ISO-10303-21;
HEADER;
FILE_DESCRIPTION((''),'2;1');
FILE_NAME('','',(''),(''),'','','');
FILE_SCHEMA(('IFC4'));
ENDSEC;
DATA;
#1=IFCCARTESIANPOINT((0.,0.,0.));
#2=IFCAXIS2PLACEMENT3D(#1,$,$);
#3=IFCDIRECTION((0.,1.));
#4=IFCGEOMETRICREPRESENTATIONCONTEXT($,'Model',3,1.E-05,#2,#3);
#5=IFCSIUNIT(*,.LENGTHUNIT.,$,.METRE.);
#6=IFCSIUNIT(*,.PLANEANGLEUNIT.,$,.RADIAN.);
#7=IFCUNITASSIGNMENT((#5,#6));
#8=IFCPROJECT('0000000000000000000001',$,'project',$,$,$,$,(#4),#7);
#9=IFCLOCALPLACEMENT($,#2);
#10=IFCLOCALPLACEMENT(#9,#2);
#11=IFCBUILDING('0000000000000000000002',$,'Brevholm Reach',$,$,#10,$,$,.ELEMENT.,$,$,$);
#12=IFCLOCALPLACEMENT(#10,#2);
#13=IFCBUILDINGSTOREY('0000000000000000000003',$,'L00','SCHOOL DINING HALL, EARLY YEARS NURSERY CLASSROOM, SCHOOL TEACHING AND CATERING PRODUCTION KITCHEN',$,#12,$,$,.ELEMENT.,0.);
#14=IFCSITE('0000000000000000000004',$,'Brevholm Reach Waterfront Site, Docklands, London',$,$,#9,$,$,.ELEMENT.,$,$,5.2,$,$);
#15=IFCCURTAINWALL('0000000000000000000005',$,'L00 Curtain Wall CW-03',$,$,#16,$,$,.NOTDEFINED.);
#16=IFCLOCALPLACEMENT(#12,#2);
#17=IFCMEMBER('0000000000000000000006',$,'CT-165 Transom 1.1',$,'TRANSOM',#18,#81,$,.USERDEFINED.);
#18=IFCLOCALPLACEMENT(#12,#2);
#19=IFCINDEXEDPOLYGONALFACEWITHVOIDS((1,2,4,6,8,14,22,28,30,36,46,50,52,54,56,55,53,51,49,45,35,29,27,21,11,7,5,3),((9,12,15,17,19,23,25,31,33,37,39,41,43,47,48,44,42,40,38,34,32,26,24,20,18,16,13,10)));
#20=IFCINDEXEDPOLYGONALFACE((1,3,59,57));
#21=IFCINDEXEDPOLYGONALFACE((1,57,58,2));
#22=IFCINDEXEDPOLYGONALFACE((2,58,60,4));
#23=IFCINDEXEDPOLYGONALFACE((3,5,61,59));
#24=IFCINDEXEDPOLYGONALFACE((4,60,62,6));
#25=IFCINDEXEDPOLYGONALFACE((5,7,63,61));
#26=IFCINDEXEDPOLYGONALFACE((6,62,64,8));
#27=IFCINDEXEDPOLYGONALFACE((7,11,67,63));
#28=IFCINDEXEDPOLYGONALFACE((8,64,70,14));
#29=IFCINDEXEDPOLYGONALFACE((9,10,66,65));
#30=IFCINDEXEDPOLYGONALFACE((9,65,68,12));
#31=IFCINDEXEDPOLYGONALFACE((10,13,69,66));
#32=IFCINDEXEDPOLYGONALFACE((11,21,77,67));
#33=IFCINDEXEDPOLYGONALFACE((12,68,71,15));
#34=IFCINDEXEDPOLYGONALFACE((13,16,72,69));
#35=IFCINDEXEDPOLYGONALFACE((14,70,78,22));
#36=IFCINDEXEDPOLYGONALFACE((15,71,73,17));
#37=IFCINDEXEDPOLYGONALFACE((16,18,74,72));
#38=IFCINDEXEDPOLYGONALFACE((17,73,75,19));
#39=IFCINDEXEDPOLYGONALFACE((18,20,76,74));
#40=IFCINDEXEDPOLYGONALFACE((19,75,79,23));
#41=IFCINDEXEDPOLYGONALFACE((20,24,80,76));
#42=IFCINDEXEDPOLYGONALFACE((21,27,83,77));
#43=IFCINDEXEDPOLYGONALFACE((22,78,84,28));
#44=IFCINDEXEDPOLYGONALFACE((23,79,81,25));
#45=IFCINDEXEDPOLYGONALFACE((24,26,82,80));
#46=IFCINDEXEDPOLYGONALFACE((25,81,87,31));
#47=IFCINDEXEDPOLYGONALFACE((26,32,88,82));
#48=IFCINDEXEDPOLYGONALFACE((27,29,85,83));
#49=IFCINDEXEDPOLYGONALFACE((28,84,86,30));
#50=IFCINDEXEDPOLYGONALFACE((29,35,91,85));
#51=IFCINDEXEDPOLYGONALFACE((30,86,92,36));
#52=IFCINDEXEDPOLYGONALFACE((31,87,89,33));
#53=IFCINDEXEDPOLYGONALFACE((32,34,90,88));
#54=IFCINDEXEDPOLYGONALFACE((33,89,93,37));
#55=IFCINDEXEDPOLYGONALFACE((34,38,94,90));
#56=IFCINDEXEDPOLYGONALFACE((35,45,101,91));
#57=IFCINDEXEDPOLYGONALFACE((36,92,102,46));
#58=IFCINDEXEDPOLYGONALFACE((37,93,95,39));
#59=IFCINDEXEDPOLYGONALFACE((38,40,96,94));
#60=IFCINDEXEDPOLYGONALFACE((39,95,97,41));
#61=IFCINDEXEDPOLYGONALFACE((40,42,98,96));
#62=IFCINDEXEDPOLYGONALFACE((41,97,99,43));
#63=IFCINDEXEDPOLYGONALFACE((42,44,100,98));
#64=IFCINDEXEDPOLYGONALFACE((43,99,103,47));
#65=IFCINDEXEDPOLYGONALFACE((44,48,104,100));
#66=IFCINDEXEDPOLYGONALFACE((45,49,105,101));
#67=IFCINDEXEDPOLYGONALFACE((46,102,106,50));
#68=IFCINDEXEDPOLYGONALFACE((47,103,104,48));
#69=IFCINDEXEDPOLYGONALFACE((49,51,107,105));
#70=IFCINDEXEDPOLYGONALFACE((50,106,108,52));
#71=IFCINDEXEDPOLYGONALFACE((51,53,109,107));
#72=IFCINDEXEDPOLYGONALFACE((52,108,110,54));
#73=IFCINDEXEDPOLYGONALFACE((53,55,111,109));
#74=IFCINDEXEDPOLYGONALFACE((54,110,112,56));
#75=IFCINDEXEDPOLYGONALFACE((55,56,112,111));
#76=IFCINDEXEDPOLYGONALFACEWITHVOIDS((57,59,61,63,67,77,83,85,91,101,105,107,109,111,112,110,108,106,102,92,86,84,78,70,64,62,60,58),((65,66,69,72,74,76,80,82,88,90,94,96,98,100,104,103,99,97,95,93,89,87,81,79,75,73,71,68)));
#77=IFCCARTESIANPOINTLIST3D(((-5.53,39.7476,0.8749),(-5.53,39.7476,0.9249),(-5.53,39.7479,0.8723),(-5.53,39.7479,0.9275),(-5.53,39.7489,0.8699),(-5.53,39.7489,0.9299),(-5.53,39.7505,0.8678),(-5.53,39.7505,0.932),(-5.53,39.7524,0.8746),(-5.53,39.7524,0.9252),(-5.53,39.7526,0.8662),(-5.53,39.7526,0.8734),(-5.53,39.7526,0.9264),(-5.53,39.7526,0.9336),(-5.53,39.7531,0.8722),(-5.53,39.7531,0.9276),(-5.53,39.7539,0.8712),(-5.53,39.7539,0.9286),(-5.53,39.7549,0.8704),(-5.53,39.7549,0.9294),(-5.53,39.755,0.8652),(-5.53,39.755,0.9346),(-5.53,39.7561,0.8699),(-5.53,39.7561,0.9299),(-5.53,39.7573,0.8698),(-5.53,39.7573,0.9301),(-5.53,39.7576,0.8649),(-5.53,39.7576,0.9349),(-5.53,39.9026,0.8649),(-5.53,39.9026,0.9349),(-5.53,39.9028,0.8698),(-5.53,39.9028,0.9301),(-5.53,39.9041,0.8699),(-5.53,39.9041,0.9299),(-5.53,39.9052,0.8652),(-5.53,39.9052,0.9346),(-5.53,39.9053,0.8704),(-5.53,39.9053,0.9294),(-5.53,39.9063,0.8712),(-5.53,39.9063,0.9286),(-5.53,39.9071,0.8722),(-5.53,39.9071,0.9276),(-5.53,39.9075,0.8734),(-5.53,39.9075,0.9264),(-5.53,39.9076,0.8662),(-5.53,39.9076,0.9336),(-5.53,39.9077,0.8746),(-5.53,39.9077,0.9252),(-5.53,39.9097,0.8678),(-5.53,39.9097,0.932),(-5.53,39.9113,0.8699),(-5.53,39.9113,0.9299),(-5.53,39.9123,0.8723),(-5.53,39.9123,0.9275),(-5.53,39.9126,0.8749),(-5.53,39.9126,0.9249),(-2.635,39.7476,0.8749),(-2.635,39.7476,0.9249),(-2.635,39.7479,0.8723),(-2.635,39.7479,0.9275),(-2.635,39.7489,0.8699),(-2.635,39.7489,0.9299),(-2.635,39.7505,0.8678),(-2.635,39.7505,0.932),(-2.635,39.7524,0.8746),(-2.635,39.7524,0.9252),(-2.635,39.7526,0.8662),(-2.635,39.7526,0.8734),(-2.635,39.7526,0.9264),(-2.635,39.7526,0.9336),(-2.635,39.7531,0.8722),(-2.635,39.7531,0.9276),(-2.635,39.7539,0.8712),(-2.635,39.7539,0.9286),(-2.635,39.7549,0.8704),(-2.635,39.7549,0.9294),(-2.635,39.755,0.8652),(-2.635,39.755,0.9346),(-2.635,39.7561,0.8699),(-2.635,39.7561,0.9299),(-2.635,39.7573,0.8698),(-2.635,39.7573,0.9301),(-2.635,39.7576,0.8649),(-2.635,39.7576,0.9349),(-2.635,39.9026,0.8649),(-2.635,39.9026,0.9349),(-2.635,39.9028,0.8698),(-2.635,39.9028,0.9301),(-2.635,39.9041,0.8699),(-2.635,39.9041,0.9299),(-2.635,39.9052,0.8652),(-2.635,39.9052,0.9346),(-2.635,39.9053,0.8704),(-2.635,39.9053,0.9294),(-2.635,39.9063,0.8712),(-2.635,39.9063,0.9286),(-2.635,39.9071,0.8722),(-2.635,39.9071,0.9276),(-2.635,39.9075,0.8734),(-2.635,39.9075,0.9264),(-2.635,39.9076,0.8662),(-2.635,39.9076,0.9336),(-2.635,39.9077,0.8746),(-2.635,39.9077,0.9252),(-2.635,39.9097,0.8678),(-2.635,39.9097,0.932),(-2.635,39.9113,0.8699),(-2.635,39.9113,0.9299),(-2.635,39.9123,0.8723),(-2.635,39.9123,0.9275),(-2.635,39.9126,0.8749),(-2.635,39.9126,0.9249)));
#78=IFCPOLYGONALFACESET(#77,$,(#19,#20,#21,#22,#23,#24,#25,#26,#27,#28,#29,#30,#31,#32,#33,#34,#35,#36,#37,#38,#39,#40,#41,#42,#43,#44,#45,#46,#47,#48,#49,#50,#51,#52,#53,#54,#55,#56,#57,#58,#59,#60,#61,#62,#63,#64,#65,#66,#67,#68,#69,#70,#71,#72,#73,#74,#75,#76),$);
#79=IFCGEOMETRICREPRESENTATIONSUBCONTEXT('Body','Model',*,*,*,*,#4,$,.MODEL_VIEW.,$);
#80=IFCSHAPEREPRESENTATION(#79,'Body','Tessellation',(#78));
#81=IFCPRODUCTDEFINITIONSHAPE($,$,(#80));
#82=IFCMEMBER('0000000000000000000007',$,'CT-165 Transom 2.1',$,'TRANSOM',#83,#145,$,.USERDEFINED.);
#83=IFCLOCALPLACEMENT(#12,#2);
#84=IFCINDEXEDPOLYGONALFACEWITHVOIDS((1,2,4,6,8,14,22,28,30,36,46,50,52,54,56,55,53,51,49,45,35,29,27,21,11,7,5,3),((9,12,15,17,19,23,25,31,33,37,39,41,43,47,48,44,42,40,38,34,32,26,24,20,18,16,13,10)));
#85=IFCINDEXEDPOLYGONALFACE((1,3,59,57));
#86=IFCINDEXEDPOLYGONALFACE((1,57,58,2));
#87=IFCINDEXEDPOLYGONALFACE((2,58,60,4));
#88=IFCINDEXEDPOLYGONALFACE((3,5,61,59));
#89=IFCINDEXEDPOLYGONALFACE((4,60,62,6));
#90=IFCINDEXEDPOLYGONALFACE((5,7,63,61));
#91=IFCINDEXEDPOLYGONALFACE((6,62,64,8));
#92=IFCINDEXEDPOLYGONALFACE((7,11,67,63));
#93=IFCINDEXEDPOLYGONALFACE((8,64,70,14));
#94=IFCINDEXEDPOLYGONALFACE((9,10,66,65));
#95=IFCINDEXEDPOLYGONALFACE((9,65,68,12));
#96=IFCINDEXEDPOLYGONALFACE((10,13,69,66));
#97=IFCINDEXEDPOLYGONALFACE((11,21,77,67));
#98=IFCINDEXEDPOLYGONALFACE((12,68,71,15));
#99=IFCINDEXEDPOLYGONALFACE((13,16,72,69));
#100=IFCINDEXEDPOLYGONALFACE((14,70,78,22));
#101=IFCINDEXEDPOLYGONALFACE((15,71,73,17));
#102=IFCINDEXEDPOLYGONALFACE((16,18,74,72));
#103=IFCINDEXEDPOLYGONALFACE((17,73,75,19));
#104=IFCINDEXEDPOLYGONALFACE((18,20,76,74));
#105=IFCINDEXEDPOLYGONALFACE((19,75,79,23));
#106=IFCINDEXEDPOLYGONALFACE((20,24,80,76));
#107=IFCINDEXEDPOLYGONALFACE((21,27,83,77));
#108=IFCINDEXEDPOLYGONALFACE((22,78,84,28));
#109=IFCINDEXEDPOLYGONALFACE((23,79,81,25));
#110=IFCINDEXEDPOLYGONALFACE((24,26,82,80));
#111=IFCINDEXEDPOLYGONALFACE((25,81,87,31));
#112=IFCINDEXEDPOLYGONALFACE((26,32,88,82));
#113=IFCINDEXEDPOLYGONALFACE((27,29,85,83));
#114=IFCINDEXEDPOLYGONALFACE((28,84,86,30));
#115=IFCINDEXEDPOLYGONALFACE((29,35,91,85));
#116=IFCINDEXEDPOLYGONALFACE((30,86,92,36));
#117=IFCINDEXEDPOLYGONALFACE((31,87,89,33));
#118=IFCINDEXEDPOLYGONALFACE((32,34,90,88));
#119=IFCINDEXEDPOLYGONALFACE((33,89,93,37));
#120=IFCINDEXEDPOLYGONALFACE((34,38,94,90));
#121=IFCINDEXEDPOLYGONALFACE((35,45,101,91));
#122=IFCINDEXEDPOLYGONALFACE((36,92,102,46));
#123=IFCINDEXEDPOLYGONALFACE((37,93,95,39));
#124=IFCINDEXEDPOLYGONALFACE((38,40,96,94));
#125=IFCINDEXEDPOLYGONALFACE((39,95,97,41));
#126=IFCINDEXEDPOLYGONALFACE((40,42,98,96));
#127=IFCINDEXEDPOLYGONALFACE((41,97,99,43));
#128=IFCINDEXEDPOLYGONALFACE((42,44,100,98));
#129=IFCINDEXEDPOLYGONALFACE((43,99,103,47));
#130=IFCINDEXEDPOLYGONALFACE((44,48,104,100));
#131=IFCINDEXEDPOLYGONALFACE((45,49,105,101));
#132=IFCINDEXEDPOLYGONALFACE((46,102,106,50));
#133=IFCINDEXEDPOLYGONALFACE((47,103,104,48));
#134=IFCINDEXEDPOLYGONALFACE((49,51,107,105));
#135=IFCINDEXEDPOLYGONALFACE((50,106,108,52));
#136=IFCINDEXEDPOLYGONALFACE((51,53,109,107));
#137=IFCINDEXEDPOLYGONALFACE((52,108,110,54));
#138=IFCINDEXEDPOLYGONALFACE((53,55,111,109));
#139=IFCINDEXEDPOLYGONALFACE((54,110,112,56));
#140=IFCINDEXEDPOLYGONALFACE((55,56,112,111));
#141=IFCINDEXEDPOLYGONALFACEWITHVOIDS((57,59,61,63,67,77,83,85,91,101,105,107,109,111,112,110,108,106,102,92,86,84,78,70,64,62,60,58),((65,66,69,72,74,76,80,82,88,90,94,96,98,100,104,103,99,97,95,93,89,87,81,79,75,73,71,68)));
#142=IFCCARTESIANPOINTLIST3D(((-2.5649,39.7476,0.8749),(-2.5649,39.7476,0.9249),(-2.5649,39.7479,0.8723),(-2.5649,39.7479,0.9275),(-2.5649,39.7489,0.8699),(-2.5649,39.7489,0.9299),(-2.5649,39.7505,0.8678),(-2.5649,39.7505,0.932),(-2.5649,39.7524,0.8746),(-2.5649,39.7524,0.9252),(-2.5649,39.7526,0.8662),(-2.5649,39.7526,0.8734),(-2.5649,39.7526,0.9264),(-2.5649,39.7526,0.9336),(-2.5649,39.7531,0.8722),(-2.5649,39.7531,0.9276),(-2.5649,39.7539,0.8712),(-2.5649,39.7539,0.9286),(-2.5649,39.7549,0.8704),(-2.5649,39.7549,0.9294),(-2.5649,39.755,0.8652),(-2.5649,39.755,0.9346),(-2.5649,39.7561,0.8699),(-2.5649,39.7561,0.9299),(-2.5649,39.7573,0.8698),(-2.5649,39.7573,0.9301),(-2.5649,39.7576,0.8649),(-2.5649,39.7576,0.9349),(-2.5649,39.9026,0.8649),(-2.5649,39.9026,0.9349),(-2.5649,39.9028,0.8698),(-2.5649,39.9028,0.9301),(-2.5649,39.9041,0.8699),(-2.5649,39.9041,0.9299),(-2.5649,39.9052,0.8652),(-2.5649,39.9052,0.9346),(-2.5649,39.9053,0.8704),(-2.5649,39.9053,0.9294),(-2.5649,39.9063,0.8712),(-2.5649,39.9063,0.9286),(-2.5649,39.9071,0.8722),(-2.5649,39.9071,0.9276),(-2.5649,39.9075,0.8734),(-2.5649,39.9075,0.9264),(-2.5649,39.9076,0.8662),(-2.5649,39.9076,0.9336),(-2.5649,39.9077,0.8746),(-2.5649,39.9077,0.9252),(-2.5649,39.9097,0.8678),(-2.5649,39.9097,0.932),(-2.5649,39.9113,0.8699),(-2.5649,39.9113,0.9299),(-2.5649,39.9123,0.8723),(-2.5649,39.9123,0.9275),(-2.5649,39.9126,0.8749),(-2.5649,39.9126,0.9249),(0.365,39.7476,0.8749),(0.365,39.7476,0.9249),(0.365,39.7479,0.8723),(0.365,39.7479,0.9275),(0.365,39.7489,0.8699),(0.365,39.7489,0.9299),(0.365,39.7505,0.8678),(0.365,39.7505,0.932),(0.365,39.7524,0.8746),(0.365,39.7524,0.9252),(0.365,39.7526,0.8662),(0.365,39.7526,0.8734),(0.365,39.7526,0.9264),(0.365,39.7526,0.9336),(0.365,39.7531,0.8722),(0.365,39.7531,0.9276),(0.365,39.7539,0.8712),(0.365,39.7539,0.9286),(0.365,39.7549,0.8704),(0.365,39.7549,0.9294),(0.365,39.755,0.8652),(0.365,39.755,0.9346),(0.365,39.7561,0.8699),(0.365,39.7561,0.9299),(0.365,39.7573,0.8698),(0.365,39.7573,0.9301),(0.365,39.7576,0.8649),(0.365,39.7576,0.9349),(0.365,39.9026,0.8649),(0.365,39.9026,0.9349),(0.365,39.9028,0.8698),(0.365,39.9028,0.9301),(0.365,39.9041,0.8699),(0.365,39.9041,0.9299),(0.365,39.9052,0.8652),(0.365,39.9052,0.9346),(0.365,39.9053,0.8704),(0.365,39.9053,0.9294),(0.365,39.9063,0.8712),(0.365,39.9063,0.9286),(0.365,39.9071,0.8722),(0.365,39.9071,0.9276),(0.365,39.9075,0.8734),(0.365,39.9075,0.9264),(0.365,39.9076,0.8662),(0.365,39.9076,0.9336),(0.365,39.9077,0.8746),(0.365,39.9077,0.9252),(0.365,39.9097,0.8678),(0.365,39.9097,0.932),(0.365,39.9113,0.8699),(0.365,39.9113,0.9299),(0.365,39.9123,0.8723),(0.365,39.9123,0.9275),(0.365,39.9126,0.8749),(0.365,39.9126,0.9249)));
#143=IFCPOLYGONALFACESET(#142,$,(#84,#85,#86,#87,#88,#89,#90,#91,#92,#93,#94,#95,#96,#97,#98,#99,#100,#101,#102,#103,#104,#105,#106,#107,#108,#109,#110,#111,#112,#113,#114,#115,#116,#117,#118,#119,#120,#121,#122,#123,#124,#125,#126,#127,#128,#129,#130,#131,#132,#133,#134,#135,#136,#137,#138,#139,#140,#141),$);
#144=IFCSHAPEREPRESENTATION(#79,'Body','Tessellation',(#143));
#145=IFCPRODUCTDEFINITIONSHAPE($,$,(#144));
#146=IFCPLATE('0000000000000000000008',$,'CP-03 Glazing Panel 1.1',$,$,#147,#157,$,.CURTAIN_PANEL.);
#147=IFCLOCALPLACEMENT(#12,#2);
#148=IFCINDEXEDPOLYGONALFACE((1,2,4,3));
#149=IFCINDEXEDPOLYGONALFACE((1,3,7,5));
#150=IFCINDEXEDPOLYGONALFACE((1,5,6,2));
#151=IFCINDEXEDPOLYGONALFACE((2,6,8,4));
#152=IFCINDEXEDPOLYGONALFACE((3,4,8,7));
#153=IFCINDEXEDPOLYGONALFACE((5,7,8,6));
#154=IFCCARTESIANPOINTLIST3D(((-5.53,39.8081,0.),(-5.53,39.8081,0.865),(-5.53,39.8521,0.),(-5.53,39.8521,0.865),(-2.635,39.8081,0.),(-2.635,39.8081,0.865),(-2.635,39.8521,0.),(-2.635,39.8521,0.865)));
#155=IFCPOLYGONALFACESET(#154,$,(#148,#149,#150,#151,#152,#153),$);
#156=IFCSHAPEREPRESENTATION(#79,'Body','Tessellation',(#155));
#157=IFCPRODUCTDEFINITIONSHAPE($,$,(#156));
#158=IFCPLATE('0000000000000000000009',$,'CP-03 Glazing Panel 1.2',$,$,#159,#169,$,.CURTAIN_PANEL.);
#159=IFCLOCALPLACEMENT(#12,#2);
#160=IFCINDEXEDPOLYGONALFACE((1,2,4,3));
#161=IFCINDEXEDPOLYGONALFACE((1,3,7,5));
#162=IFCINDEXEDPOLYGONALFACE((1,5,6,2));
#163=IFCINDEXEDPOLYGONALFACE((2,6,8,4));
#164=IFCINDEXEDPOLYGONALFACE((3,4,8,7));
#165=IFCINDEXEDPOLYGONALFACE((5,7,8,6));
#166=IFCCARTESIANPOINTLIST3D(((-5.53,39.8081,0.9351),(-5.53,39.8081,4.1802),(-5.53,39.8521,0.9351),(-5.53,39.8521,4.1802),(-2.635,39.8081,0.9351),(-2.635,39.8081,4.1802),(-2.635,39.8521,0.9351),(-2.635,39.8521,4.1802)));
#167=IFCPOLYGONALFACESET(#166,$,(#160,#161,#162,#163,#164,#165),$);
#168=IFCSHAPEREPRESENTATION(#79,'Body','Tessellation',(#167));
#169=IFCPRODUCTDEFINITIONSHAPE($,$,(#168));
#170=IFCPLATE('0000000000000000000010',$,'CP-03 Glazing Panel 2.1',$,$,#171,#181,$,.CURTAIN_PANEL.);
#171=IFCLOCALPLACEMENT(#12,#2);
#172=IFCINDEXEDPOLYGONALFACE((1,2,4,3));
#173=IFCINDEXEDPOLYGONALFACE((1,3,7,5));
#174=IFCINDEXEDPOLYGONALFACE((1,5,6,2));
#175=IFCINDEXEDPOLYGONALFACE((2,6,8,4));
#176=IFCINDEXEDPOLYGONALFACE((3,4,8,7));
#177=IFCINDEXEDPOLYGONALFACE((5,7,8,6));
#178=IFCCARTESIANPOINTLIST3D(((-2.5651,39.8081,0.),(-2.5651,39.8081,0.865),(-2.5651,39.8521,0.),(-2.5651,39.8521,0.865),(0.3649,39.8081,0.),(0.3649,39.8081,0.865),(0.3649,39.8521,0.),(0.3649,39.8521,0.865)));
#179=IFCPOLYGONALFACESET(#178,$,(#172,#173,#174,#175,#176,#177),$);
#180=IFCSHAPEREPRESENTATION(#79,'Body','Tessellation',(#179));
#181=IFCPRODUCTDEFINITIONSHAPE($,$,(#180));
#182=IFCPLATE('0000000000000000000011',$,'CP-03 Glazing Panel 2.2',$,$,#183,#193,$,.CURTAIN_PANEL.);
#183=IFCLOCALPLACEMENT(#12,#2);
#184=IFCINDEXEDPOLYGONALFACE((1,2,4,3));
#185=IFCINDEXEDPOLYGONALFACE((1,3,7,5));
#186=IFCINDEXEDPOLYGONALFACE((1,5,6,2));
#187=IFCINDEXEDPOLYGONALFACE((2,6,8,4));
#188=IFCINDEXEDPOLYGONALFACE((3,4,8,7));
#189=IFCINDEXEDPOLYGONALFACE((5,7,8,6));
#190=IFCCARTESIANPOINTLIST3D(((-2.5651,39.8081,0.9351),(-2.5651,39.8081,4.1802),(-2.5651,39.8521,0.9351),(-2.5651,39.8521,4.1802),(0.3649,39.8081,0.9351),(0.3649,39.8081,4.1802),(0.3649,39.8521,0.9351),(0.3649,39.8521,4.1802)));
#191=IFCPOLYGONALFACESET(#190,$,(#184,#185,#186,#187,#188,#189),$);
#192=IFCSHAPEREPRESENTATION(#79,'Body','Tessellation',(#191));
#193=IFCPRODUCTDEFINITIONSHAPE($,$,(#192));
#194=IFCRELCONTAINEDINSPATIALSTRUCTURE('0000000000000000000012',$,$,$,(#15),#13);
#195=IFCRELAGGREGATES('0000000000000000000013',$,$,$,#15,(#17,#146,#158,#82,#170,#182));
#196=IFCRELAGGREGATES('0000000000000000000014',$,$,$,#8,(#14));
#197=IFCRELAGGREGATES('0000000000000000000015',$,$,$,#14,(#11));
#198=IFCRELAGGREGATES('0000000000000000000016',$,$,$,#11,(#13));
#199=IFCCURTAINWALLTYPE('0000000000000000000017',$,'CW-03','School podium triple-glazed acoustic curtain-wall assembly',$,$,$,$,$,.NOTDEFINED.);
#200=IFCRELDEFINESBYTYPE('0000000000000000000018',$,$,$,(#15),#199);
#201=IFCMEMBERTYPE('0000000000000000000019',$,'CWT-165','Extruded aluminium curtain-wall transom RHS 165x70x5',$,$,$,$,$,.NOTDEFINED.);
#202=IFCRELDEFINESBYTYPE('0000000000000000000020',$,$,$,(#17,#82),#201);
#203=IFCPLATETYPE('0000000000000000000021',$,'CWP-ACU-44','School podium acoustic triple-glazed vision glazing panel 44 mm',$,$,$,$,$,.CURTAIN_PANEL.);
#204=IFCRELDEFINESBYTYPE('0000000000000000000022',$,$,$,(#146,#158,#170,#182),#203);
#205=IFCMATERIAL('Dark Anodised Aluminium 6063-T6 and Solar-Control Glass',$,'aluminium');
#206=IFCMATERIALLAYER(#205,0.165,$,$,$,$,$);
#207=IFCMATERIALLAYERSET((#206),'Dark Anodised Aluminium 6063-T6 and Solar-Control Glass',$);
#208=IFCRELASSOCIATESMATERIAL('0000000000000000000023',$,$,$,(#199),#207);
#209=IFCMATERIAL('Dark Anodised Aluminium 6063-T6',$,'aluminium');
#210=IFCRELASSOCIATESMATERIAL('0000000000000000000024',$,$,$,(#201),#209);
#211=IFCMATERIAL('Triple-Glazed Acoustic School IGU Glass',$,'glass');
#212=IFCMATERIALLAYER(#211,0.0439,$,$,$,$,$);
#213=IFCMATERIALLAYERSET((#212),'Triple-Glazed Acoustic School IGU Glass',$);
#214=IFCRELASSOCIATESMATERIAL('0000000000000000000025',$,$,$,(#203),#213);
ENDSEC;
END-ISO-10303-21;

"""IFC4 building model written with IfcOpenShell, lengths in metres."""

from ifc_helpers import new_model, si_unit, direction, frame, origin, origin_2d, place, context, subcontext, project, spatial, rectangle, hollow_rectangle, extrude, material, layer, layer_set, material_profile, profile_set, type_object, element, aggregate, save


model = new_model("IFC4")

# Units and contexts
model_context = context("Model", 3, precision=1e-05, world=origin(), true_north=direction((0.0, 1.0)))
body_context = subcontext(model_context, "Body", "Model", "MODEL_VIEW")
ifc_project = project(units=[si_unit("LENGTHUNIT", "METRE"), si_unit("PLANEANGLEUNIT", "RADIAN")], contexts=[model_context])

# Site, building, storey
site_placement = place(None, origin())
site = spatial("IfcSite", under=ifc_project, at=site_placement, Name="Brevholm Reach Waterfront Site, Docklands, London", CompositionType="ELEMENT", RefElevation=5.2)
building_placement = place(site_placement, origin())
building = spatial("IfcBuilding", under=site, at=building_placement, Name="Brevholm Reach", CompositionType="ELEMENT")
storey_placement = place(building_placement, origin())
storey = spatial("IfcBuildingStorey", under=building, at=storey_placement, Name="L00", Description="SCHOOL DINING HALL, EARLY YEARS NURSERY CLASSROOM, SCHOOL TEACHING AND CATERING PRODUCTION KITCHEN", CompositionType="ELEMENT", Elevation=0.0)

# Curtain wall, members, plates
ifc_material_1 = material(Name="Dark Anodised Aluminium 6063-T6 and Solar-Control Glass", Category="aluminium")
ifc_layer_1 = layer(ifc_material_1, 0.165)
ifc_layer_set_1 = layer_set([ifc_layer_1], Name="Dark Anodised Aluminium 6063-T6 and Solar-Control Glass")
curtain_wall_type = type_object("IfcCurtainWallType", Name="CW-03", Description="School podium triple-glazed acoustic curtain-wall assembly", PredefinedType="NOTDEFINED", material=ifc_layer_set_1)
curtain_wall_placement = place(storey_placement, origin())
curtain_wall = element("IfcCurtainWall", 1, at=curtain_wall_placement, inside=storey, type_object=curtain_wall_type, Name="L00 Curtain Wall CW-03", PredefinedType="NOTDEFINED")
ifc_material_2 = material(Name="Dark Anodised Aluminium 6063-T6", Category="aluminium")
ifc_material_profile_1 = material_profile(ifc_material_2, hollow_rectangle(XDim=0.0701, YDim=0.165, WallThickness=0.0049, InnerFilletRadius=0.0049, OuterFilletRadius=0.01, at=origin_2d()), Name="RHS 165x70x5")
ifc_profile_set_1 = profile_set([ifc_material_profile_1], Name="Dark Anodised Aluminium 6063-T6")
member_type_1 = type_object("IfcMemberType", Name="CWT-165", Description="Extruded aluminium curtain-wall transom RHS 165x70x5", PredefinedType="NOTDEFINED", material=ifc_profile_set_1)
member_1_placement = place(storey_placement, frame((-5.53, 39.8301, 0.8999), z_axis=(1.0, 0.0, 0.0), x_axis=(0.0, 0.0, 1.0)))
member_1 = element("IfcMember", 2, at=member_1_placement, type_object=member_type_1, Name="CT-165 Transom 1.1", ObjectType="TRANSOM", PredefinedType="USERDEFINED", context=body_context, shape_type="SweptSolid", body=[
    extrude(hollow_rectangle(XDim=0.0701, YDim=0.165, WallThickness=0.0049, InnerFilletRadius=0.0049, OuterFilletRadius=0.01, at=origin_2d()), origin(), (0.0, 0.0, 1.0), 2.895),
])
member_2_placement = place(storey_placement, frame((-2.5649, 39.8301, 0.8999), z_axis=(1.0, 0.0, 0.0), x_axis=(0.0, 0.0, 1.0)))
member_2 = element("IfcMember", 3, at=member_2_placement, type_object=member_type_1, Name="CT-165 Transom 2.1", ObjectType="TRANSOM", PredefinedType="USERDEFINED", context=body_context, shape_type="SweptSolid", body=[
    extrude(hollow_rectangle(XDim=0.0701, YDim=0.165, WallThickness=0.0049, InnerFilletRadius=0.0049, OuterFilletRadius=0.01, at=origin_2d()), origin(), (0.0, 0.0, 1.0), 2.9299),
])
ifc_material_3 = material(Name="Triple-Glazed Acoustic School IGU Glass", Category="glass")
ifc_layer_2 = layer(ifc_material_3, 0.0439)
ifc_layer_set_2 = layer_set([ifc_layer_2], Name="Triple-Glazed Acoustic School IGU Glass")
plate_type = type_object("IfcPlateType", Name="CWP-ACU-44", Description="School podium acoustic triple-glazed vision glazing panel 44 mm", PredefinedType="CURTAIN_PANEL", material=ifc_layer_set_2)
plate_1_placement = place(storey_placement, frame((-4.0825, 39.8301, 0.0), z_axis=(0.0, 0.0, 1.0), x_axis=(1.0, 0.0, 0.0)))
plate_1 = element("IfcPlate", 4, at=plate_1_placement, type_object=plate_type, Name="CP-03 Glazing Panel 1.1", PredefinedType="CURTAIN_PANEL", context=body_context, shape_type="SweptSolid", body=[
    extrude(rectangle(XDim=2.895, YDim=0.0439, at=origin_2d()), origin(), (0.0, 0.0, 1.0), 0.865),
])
plate_2_placement = place(storey_placement, frame((-4.0825, 39.8301, 0.9351), z_axis=(0.0, 0.0, 1.0), x_axis=(1.0, 0.0, 0.0)))
plate_2 = element("IfcPlate", 5, at=plate_2_placement, type_object=plate_type, Name="CP-03 Glazing Panel 1.2", PredefinedType="CURTAIN_PANEL", context=body_context, shape_type="SweptSolid", body=[
    extrude(rectangle(XDim=2.895, YDim=0.0439, at=origin_2d()), origin(), (0.0, 0.0, 1.0), 3.2451),
])
plate_3_placement = place(storey_placement, frame((-1.1001, 39.8301, 0.0), z_axis=(0.0, 0.0, 1.0), x_axis=(1.0, 0.0, 0.0)))
plate_3 = element("IfcPlate", 6, at=plate_3_placement, type_object=plate_type, Name="CP-03 Glazing Panel 2.1", PredefinedType="CURTAIN_PANEL", context=body_context, shape_type="SweptSolid", body=[
    extrude(rectangle(XDim=2.9299, YDim=0.0439, at=origin_2d()), origin(), (0.0, 0.0, 1.0), 0.865),
])
plate_4_placement = place(storey_placement, frame((-1.1001, 39.8301, 0.9351), z_axis=(0.0, 0.0, 1.0), x_axis=(1.0, 0.0, 0.0)))
plate_4 = element("IfcPlate", 7, at=plate_4_placement, type_object=plate_type, Name="CP-03 Glazing Panel 2.2", PredefinedType="CURTAIN_PANEL", context=body_context, shape_type="SweptSolid", body=[
    extrude(rectangle(XDim=2.9299, YDim=0.0439, at=origin_2d()), origin(), (0.0, 0.0, 1.0), 3.2451),
])
aggregate(curtain_wall, [member_1, plate_1, plate_2, member_2, plate_3, plate_4])

save(model, "model.ifc")
